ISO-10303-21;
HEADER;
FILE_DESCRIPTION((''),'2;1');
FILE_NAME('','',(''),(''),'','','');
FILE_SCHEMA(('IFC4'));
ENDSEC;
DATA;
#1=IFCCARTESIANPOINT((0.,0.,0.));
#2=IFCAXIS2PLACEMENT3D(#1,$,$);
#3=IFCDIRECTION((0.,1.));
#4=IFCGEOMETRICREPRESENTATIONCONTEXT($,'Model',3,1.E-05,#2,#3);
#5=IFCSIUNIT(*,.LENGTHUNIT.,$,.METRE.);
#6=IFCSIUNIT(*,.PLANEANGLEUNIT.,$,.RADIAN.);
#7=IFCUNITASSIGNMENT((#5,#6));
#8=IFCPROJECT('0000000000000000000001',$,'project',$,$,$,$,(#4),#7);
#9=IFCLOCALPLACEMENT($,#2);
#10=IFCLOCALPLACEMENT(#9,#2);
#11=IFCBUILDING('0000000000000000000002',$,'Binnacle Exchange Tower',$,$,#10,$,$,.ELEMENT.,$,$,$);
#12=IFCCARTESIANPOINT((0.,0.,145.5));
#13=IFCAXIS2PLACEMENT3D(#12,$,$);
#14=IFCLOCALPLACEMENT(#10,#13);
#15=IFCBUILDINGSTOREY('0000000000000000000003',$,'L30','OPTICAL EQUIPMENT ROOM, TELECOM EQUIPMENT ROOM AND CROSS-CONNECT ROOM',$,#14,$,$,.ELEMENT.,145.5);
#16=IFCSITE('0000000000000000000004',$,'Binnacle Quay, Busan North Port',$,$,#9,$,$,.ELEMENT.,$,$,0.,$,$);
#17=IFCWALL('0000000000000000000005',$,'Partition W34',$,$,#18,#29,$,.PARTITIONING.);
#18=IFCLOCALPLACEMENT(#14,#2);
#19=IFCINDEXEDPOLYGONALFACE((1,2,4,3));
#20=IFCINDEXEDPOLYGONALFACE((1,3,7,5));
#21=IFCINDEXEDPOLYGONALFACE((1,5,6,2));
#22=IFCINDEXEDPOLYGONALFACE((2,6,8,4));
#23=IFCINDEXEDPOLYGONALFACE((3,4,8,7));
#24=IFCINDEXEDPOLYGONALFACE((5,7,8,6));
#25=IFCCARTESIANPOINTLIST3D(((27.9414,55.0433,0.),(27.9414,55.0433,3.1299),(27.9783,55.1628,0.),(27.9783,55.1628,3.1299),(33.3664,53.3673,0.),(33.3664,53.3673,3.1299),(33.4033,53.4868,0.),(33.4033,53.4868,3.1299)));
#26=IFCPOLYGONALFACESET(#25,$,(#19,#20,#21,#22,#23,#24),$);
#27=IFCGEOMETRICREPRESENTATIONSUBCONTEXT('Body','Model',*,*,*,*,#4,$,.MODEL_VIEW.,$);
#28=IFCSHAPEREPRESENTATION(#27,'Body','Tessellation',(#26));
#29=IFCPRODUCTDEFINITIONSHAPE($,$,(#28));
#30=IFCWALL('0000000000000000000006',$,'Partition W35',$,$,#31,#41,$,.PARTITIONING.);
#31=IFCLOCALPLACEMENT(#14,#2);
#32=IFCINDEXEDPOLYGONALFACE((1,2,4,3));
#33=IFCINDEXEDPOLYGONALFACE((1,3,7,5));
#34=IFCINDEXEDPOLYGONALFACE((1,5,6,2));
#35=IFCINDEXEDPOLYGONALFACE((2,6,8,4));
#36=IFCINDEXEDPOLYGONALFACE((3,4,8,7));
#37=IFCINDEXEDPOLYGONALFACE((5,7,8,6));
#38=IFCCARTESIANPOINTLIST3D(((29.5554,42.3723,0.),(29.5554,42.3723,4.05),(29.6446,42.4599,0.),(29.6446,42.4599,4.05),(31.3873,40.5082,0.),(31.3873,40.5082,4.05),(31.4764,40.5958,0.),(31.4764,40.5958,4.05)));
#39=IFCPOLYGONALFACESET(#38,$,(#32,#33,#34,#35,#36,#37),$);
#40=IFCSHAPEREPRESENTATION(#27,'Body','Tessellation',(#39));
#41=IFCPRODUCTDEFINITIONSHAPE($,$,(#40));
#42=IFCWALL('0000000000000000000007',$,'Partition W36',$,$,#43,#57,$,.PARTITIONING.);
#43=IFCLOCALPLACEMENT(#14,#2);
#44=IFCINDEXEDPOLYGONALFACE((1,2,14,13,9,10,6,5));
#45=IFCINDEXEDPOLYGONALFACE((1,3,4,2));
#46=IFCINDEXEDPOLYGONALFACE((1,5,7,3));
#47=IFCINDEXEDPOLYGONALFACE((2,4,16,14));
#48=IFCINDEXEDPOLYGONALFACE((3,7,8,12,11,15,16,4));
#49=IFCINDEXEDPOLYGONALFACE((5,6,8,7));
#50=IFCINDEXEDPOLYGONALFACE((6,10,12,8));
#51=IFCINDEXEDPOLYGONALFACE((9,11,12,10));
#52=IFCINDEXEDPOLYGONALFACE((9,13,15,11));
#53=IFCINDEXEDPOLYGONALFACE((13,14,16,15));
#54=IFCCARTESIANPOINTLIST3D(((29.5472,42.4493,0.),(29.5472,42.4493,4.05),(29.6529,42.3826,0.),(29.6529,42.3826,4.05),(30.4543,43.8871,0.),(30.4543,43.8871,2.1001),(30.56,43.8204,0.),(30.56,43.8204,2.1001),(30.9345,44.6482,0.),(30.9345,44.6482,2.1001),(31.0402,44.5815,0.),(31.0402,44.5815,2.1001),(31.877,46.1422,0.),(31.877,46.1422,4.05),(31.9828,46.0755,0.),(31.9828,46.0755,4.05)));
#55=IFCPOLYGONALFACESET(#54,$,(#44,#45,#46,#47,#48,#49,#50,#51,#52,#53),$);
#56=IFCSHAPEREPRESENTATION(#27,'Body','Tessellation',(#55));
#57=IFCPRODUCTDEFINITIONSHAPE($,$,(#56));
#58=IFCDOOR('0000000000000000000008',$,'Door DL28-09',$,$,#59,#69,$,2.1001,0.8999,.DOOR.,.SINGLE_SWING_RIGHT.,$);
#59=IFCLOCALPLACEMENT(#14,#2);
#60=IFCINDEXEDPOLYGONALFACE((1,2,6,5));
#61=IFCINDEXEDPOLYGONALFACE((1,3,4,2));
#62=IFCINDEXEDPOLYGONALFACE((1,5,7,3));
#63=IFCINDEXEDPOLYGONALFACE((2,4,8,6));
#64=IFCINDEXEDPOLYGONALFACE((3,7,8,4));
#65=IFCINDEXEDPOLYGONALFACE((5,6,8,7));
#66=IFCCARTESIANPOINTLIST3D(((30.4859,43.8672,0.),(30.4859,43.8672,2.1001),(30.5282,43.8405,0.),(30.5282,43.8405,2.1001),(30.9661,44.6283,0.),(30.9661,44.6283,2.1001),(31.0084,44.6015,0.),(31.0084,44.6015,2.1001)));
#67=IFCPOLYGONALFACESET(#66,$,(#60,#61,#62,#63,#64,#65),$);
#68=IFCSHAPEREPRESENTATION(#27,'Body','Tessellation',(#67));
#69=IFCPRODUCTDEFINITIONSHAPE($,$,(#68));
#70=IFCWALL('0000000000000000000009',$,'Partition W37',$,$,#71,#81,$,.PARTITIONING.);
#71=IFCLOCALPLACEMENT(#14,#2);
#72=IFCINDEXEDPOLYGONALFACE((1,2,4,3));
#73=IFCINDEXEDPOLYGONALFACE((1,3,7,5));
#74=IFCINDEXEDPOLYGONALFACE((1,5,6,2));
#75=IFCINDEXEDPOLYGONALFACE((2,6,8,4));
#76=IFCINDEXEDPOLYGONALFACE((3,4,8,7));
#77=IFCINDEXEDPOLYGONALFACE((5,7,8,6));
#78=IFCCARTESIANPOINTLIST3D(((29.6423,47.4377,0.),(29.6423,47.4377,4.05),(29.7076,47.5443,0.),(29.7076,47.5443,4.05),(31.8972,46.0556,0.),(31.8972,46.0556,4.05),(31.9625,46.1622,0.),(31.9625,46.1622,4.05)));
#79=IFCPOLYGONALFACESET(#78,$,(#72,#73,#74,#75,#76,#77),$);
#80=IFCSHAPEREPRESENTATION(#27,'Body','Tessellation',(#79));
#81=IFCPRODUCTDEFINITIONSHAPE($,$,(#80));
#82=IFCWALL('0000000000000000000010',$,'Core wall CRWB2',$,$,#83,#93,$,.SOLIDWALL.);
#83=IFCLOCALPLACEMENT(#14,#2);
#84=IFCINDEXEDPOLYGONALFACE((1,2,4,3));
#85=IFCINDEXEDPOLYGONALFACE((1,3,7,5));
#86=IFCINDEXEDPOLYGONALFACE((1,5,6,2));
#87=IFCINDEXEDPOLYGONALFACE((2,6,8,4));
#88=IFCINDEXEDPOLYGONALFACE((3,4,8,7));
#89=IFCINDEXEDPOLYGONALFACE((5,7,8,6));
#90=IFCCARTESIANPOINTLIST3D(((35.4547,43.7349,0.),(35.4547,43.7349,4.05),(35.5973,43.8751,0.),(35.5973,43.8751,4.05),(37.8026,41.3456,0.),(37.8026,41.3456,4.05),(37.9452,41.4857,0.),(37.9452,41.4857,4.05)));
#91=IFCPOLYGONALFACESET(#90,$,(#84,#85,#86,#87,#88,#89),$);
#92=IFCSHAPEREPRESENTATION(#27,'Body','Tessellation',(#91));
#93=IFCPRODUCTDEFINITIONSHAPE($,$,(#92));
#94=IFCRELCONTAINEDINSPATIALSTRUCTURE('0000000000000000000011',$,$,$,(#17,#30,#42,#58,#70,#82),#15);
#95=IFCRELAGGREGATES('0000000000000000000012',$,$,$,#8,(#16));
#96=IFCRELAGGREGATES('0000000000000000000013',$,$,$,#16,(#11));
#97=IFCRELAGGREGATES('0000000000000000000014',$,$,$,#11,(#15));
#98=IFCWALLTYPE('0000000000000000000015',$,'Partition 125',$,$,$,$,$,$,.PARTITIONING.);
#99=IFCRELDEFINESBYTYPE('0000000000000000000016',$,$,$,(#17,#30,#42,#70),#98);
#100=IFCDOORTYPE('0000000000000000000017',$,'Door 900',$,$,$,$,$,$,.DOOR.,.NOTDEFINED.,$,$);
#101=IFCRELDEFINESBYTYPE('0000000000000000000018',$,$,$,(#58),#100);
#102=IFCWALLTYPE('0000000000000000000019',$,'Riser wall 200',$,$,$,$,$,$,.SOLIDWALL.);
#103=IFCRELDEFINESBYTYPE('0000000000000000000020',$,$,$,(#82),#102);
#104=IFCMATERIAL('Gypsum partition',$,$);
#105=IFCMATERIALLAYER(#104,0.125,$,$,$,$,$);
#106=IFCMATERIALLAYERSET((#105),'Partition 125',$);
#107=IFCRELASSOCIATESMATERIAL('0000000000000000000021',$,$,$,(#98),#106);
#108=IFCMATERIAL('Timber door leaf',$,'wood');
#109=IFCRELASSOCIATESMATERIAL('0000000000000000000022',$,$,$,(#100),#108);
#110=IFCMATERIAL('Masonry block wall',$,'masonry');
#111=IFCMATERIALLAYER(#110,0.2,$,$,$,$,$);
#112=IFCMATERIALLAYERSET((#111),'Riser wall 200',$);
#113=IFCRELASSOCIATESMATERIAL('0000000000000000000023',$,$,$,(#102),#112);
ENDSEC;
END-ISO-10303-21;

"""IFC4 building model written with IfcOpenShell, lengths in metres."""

from ifc_helpers import new_model, si_unit, direction, frame, frame_2d, origin, place, context, subcontext, project, spatial, rectangle, extrude, material, layer, layer_set, type_object, element, fill, save


model = new_model("IFC4")

# Units and contexts
model_context = context("Model", 3, precision=1e-05, world=origin(), true_north=direction((0.0, 1.0)))
body_context = subcontext(model_context, "Body", "Model", "MODEL_VIEW")
ifc_project = project(units=[si_unit("LENGTHUNIT", "METRE"), si_unit("PLANEANGLEUNIT", "RADIAN")], contexts=[model_context])

# Site, building, storey
site_placement = place(None, origin())
site = spatial("IfcSite", under=ifc_project, at=site_placement, Name="Binnacle Quay, Busan North Port", CompositionType="ELEMENT", RefElevation=0.0)
building_placement = place(site_placement, origin())
building = spatial("IfcBuilding", under=site, at=building_placement, Name="Binnacle Exchange Tower", CompositionType="ELEMENT")
storey_placement = place(building_placement, frame((0.0, 0.0, 145.5)))
storey = spatial("IfcBuildingStorey", under=building, at=storey_placement, Name="L30", Description="OPTICAL EQUIPMENT ROOM, TELECOM EQUIPMENT ROOM AND CROSS-CONNECT ROOM", CompositionType="ELEMENT", Elevation=145.5)

# Walls
ifc_material_1 = material(Name="Gypsum partition")
ifc_layer_1 = layer(ifc_material_1, 0.125)
ifc_layer_set_1 = layer_set([ifc_layer_1], Name="Partition 125")
wall_type_1 = type_object("IfcWallType", Name="Partition 125", PredefinedType="PARTITIONING", material=ifc_layer_set_1)
wall_1_placement = place(storey_placement, frame((27.96, 55.103, 0.0), z_axis=(0.0, 0.0, 1.0), x_axis=(0.955443, -0.295176, 0.0)))
element("IfcWall", 1, at=wall_1_placement, inside=storey, type_object=wall_type_1, Name="Partition W34", PredefinedType="PARTITIONING", context=body_context, shape_type="SweptSolid", body=[
    extrude(rectangle(XDim=5.678, YDim=0.125, at=frame_2d((2.8389, 0.0))), origin(), (0.0, 0.0, 1.0), 3.1299),
])
wall_2_placement = place(storey_placement, frame((29.6001, 42.416, 0.0), z_axis=(0.0, 0.0, 1.0), x_axis=(0.700914, -0.713245, 0.0)))
element("IfcWall", 2, at=wall_2_placement, inside=storey, type_object=wall_type_1, Name="Partition W35", PredefinedType="PARTITIONING", context=body_context, shape_type="SweptSolid", body=[
    extrude(rectangle(XDim=2.6135, YDim=0.125, at=frame_2d((1.3066, 0.0))), origin(), (0.0, 0.0, 1.0), 4.05),
])

# Wall, opening, door
wall_3_placement = place(storey_placement, frame((29.6001, 42.416, 0.0), z_axis=(0.0, 0.0, 1.0), x_axis=(0.533583, 0.845748, 0.0)))
wall_3 = element("IfcWall", 3, at=wall_3_placement, inside=storey, type_object=wall_type_1, Name="Partition W36", PredefinedType="PARTITIONING", context=body_context, shape_type="SweptSolid", body=[
    extrude(rectangle(XDim=4.3665, YDim=0.125, at=frame_2d((2.1831, 0.0))), origin(), (0.0, 0.0, 1.0), 4.05),
])
opening_placement = place(wall_3_placement, frame((1.7, 0.0, 0.0)))
opening = element("IfcOpeningElement", 4, at=opening_placement, cuts=wall_3, PredefinedType="OPENING", context=body_context, shape_type="SweptSolid", body=[
    extrude(rectangle(XDim=0.8999, YDim=2.1001, at=frame_2d((0.45, 1.05))), frame((0.0, 0.0725, 0.0), z_axis=(0.0, -1.0, 0.0), x_axis=(1.0, 0.0, 0.0)), (0.0, 0.0, 1.0), 0.145),
])
ifc_material_2 = material(Name="Timber door leaf", Category="wood")
door_type = type_object("IfcDoorType", Name="Door 900", OperationType="NOTDEFINED", PredefinedType="DOOR", material=ifc_material_2)
door_placement = place(opening_placement, frame((0.8999, 0.0, 0.0), z_axis=(0.0, 0.0, 1.0), x_axis=(-1.0, 0.0, 0.0)))
door = element("IfcDoor", 5, at=door_placement, inside=storey, type_object=door_type, Name="Door DL28-09", OperationType="SINGLE_SWING_RIGHT", OverallHeight=2.1001, OverallWidth=0.8999, PredefinedType="DOOR", context=body_context, shape_type="SweptSolid", body=[
    extrude(rectangle(XDim=0.8999, YDim=2.1001, at=frame_2d((0.45, 1.05))), frame((0.0, 0.0249, 0.0), z_axis=(0.0, -1.0, 0.0), x_axis=(1.0, 0.0, 0.0)), (0.0, 0.0, 1.0), 0.05),
])
fill(opening, door)

# Walls
wall_4_placement = place(storey_placement, frame((29.675, 47.491, 0.0), z_axis=(0.0, 0.0, 1.0), x_axis=(0.852592, -0.522577, 0.0)))
element("IfcWall", 6, at=wall_4_placement, inside=storey, type_object=wall_type_1, Name="Partition W37", PredefinedType="PARTITIONING", context=body_context, shape_type="SweptSolid", body=[
    extrude(rectangle(XDim=2.6448, YDim=0.125, at=frame_2d((1.3223, 0.0))), origin(), (0.0, 0.0, 1.0), 4.05),
])
ifc_material_3 = material(Name="Masonry block wall", Category="masonry")
ifc_layer_2 = layer(ifc_material_3, 0.2)
ifc_layer_set_2 = layer_set([ifc_layer_2], Name="Riser wall 200")
wall_type_2 = type_object("IfcWallType", Name="Riser wall 200", PredefinedType="SOLIDWALL", material=ifc_layer_set_2)
wall_5_placement = place(storey_placement, frame((35.5261, 43.8049, 0.0), z_axis=(0.0, 0.0, 1.0), x_axis=(0.700885, -0.713274, 0.0)))
element("IfcWall", 7, at=wall_5_placement, inside=storey, type_object=wall_type_2, Name="Core wall CRWB2", PredefinedType="SOLIDWALL", context=body_context, shape_type="SweptSolid", body=[
    extrude(rectangle(XDim=3.3499, YDim=0.2, at=frame_2d((1.6748, 0.0))), origin(), (0.0, 0.0, 1.0), 4.05),
])

save(model, "model.ifc")
